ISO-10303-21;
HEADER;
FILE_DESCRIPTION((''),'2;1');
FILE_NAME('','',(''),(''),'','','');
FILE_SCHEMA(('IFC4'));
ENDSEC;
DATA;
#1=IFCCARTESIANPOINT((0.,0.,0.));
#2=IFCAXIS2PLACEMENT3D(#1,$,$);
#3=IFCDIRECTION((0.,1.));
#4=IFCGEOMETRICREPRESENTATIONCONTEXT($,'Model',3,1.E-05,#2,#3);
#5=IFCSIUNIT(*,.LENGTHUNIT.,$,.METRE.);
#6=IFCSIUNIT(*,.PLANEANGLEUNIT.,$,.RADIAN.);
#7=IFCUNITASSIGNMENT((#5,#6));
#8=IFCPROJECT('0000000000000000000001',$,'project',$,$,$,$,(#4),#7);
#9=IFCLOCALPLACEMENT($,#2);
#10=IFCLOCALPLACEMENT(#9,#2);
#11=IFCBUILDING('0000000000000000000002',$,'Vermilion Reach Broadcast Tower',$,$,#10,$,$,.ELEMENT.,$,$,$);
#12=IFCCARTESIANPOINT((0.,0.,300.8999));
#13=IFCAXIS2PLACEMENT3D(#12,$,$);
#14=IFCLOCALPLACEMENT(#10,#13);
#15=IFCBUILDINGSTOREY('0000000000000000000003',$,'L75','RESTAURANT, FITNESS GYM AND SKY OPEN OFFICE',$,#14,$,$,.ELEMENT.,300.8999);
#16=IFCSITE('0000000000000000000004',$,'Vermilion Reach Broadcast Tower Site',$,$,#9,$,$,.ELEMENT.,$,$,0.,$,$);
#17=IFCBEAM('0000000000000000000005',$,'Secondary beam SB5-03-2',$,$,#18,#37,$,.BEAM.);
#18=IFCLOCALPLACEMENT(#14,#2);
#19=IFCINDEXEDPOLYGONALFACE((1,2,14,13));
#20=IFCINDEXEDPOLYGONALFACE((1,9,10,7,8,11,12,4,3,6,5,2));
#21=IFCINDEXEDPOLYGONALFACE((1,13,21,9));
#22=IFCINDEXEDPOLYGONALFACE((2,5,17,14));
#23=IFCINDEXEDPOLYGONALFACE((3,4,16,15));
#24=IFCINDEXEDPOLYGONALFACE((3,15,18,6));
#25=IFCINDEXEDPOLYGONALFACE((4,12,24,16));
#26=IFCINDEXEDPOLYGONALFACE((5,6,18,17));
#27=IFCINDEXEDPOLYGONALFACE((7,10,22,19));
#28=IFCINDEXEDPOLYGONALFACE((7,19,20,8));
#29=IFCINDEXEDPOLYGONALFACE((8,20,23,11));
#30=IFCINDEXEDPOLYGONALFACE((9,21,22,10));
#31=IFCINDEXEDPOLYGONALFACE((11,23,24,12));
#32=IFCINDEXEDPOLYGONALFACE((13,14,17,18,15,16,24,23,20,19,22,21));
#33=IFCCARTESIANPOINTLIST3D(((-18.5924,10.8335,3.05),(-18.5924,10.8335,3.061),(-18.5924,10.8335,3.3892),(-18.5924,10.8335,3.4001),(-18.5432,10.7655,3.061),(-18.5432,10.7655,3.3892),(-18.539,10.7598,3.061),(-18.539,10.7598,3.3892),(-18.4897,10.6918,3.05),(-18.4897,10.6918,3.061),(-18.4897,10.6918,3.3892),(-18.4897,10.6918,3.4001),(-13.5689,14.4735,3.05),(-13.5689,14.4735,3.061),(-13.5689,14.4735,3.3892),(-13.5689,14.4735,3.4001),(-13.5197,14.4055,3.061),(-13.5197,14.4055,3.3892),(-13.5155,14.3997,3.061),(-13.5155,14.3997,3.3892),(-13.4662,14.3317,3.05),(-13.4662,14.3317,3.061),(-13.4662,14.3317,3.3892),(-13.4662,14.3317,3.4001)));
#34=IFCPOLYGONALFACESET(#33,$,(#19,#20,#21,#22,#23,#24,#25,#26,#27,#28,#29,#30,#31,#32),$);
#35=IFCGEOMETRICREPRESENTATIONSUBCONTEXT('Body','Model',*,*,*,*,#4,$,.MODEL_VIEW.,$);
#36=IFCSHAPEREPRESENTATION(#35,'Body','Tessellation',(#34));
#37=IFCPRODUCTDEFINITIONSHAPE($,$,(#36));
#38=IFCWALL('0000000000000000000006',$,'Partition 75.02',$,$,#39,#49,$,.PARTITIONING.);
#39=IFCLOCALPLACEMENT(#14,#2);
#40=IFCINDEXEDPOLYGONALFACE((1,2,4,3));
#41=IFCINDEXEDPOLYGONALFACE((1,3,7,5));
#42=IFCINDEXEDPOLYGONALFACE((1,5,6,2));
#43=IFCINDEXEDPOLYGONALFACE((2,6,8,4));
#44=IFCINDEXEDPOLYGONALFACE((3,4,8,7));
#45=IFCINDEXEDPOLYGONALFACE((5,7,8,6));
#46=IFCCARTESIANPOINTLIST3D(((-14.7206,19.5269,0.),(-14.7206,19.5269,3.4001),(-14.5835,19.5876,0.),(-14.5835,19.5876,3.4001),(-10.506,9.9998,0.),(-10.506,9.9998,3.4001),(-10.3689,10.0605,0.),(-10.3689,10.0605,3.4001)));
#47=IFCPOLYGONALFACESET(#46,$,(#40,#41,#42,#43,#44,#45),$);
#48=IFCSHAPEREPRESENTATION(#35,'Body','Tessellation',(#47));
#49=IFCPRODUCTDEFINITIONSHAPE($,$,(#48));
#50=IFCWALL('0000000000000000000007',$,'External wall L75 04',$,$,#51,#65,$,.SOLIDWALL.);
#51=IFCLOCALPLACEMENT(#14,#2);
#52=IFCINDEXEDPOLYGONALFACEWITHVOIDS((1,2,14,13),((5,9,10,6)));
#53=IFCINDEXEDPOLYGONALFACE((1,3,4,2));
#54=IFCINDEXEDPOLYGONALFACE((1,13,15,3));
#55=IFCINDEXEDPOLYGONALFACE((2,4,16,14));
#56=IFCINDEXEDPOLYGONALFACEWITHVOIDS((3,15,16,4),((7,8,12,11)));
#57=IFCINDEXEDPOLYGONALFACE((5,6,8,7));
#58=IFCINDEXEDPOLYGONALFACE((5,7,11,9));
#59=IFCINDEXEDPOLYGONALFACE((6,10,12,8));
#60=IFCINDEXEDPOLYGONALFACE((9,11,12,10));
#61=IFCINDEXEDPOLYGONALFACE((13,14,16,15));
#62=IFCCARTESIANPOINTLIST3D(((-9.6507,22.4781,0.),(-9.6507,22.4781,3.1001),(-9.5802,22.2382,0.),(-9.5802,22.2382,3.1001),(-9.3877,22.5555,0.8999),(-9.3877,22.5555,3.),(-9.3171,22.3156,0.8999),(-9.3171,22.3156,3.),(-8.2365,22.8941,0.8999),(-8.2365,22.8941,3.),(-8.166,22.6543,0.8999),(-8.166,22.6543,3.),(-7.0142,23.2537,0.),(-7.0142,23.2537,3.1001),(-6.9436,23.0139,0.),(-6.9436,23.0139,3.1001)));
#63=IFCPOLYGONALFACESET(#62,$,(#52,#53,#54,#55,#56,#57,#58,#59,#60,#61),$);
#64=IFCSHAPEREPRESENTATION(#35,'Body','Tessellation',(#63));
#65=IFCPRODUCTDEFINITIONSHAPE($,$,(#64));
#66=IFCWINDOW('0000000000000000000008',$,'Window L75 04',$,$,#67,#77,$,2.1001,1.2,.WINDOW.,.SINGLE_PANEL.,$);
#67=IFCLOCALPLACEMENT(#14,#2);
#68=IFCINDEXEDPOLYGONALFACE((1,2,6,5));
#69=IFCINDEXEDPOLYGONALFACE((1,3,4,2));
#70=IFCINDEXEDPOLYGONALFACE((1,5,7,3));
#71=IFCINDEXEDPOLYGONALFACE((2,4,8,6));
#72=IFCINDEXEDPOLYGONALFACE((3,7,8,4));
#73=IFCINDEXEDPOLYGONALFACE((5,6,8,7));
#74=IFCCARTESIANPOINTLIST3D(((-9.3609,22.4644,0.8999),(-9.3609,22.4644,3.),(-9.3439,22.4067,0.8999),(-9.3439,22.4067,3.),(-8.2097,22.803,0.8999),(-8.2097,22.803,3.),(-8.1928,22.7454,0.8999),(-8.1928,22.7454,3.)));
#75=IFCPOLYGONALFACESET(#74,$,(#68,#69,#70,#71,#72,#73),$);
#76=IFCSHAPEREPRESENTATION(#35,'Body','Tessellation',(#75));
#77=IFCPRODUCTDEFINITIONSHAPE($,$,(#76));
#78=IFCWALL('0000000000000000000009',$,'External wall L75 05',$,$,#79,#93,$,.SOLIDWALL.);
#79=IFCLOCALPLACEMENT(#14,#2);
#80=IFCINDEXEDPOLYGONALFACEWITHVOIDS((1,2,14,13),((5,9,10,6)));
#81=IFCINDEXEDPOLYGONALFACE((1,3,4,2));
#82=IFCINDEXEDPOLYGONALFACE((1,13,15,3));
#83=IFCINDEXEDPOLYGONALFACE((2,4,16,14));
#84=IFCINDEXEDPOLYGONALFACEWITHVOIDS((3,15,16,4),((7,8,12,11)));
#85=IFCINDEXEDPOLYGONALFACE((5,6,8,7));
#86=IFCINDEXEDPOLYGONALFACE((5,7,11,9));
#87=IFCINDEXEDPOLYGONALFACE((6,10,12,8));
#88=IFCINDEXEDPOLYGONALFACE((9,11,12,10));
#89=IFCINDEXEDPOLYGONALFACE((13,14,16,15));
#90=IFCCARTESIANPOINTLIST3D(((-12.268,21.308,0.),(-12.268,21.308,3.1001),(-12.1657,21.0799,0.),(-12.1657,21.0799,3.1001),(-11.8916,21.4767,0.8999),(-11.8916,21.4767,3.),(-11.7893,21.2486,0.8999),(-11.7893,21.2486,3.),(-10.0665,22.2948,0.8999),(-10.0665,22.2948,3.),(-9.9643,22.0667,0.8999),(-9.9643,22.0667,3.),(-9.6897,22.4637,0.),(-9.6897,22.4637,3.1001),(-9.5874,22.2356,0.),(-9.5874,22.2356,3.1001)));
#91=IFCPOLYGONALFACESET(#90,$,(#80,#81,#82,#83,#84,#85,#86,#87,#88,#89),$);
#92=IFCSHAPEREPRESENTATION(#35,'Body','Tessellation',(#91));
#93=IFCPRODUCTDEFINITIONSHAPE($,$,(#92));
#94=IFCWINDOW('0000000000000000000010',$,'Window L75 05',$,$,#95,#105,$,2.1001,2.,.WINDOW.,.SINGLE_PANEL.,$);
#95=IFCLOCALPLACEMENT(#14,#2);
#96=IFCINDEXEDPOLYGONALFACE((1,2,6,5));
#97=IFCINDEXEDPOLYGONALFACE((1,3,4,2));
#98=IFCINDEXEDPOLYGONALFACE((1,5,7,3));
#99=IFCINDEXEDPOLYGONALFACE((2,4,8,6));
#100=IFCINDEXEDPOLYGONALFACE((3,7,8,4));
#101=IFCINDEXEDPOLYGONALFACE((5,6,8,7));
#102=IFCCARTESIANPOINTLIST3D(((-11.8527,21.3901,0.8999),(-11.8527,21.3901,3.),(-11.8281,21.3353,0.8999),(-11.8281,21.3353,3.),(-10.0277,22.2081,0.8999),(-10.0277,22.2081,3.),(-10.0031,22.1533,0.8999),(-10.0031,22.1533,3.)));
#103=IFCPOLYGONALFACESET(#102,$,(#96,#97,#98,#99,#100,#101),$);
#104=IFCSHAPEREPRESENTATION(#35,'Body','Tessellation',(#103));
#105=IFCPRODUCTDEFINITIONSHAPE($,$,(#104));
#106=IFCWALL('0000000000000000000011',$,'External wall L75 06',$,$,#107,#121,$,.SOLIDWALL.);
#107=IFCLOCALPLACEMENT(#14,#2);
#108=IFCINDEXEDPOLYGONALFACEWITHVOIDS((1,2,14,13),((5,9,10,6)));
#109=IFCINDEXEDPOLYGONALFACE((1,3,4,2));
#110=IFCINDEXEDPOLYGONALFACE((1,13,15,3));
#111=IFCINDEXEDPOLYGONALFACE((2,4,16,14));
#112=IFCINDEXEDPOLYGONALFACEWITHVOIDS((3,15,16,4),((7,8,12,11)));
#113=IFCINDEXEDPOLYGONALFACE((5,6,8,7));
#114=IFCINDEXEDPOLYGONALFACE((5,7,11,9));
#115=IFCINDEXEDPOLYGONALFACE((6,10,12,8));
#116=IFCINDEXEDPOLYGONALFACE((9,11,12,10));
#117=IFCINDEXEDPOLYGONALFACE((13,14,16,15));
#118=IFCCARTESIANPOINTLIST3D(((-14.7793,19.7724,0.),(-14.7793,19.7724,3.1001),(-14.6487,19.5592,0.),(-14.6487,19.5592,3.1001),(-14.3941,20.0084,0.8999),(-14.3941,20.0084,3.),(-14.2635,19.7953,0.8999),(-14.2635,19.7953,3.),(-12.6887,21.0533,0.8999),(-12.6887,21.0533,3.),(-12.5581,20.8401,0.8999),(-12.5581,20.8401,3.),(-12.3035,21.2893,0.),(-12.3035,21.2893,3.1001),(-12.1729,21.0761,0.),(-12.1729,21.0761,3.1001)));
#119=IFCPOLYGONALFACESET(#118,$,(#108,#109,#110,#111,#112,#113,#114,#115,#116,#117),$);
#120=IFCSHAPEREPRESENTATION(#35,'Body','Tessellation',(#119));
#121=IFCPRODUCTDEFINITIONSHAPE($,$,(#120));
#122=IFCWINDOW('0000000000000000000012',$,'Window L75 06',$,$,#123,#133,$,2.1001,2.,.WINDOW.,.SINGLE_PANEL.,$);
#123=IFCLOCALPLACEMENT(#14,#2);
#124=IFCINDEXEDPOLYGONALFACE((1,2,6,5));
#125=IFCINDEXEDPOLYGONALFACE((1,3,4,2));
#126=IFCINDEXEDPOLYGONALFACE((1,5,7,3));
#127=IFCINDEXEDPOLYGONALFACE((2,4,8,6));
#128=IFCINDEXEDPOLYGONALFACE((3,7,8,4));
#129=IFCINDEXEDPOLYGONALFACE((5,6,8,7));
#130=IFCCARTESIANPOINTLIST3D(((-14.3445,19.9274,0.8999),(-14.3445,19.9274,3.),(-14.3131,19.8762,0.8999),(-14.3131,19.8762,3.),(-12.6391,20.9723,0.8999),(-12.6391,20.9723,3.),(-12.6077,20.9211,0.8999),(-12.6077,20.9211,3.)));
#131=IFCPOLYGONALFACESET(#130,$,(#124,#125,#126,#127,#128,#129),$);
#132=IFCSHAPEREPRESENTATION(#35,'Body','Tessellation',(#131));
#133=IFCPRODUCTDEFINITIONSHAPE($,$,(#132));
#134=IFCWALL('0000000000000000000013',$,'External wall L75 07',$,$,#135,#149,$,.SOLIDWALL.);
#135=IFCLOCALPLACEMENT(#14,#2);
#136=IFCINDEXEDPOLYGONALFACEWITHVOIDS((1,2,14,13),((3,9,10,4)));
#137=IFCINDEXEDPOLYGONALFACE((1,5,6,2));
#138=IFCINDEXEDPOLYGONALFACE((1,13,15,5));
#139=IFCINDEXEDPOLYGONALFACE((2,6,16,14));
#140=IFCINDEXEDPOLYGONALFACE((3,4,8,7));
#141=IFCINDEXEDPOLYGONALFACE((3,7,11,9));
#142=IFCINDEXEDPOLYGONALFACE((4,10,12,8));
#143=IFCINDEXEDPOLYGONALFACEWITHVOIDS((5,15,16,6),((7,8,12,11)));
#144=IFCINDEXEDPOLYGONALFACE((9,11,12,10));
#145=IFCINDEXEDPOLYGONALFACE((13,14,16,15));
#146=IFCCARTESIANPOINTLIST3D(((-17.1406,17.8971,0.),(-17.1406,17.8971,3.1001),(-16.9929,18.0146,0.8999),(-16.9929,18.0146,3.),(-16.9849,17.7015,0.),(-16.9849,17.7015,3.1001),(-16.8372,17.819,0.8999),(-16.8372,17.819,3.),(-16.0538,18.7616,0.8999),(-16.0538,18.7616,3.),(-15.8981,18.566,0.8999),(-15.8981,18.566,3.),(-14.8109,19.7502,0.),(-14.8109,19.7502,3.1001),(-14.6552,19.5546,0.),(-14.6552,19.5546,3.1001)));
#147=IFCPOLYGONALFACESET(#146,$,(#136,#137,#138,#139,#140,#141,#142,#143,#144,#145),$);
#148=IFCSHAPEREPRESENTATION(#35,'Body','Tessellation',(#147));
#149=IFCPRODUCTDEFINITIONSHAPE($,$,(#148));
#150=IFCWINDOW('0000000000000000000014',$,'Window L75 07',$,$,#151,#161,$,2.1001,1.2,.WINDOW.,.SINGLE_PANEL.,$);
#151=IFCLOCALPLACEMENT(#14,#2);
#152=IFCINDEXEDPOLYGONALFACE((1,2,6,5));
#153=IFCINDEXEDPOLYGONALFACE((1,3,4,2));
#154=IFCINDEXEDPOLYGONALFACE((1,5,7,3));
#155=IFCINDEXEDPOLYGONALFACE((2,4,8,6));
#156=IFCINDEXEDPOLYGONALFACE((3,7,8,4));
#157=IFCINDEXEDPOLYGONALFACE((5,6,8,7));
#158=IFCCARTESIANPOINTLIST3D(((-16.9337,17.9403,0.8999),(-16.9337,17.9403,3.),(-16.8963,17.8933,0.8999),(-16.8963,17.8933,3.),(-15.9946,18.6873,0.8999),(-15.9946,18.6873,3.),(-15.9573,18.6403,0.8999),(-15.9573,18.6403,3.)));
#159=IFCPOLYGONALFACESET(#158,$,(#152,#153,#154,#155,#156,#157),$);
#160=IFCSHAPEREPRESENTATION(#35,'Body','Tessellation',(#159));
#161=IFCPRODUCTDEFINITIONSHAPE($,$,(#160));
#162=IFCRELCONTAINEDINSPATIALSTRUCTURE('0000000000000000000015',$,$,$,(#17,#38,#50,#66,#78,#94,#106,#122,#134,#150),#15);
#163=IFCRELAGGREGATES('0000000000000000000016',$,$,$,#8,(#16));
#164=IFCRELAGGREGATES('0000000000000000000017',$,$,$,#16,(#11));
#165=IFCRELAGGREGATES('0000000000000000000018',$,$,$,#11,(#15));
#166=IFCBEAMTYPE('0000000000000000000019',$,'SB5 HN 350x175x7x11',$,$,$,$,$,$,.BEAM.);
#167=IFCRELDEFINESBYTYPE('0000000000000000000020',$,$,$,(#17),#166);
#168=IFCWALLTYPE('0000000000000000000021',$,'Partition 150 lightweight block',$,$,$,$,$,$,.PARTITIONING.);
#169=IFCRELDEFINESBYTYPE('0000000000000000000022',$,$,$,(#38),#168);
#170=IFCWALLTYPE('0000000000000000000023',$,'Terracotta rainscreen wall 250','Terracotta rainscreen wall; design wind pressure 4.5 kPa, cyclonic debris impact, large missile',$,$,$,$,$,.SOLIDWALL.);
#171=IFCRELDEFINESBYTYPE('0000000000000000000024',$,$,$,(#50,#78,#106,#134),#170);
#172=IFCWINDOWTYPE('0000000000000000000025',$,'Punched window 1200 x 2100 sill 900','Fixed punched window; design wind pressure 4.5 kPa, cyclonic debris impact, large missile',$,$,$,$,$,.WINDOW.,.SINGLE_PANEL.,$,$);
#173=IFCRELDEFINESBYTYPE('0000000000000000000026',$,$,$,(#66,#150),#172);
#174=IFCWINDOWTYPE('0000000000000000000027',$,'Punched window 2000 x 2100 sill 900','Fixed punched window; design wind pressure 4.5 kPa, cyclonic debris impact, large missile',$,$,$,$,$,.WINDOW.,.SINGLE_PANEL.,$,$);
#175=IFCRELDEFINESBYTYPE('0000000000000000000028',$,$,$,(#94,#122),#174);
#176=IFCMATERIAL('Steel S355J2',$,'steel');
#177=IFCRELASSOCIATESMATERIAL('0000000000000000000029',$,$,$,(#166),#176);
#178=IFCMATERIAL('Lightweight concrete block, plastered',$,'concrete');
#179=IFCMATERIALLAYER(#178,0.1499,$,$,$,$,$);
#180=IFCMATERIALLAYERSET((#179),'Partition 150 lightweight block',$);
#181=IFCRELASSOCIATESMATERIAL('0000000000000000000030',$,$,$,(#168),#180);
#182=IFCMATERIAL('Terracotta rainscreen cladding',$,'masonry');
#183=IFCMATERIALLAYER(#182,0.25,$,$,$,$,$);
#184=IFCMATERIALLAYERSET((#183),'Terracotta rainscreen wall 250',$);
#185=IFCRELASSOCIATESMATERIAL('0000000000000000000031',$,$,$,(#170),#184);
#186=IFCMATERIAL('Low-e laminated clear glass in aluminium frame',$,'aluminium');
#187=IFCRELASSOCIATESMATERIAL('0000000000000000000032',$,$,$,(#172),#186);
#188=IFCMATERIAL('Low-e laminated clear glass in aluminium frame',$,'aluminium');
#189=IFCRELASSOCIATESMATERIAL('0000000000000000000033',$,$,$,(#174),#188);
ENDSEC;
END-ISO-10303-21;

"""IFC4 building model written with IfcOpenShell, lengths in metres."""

from ifc_helpers import new_model, si_unit, direction, frame, frame_2d, origin, origin_2d, place, context, subcontext, project, spatial, rectangle, i_section, extrude, material, layer, layer_set, material_profile, profile_set, type_object, element, fill, save


model = new_model("IFC4")

# Units and contexts
model_context = context("Model", 3, precision=1e-05, world=origin(), true_north=direction((0.0, 1.0)))
body_context = subcontext(model_context, "Body", "Model", "MODEL_VIEW")
ifc_project = project(units=[si_unit("LENGTHUNIT", "METRE"), si_unit("PLANEANGLEUNIT", "RADIAN")], contexts=[model_context])

# Site, building, storey
site_placement = place(None, origin())
site = spatial("IfcSite", under=ifc_project, at=site_placement, Name="Vermilion Reach Broadcast Tower Site", CompositionType="ELEMENT", RefElevation=0.0)
building_placement = place(site_placement, origin())
building = spatial("IfcBuilding", under=site, at=building_placement, Name="Vermilion Reach Broadcast Tower", CompositionType="ELEMENT")
storey_placement = place(building_placement, frame((0.0, 0.0, 300.8999)))
storey = spatial("IfcBuildingStorey", under=building, at=storey_placement, Name="L75", Description="RESTAURANT, FITNESS GYM AND SKY OPEN OFFICE", CompositionType="ELEMENT", Elevation=300.8999)

# Beam
ifc_material_1 = material(Name="Steel S355J2", Category="steel")
ifc_material_profile_1 = material_profile(ifc_material_1, i_section(OverallWidth=0.175, OverallDepth=0.3501, WebThickness=0.0071, FlangeThickness=0.011, at=origin_2d()), Name="S355J2 HN 350x175x7x11")
ifc_profile_set_1 = profile_set([ifc_material_profile_1], Name="Steel S355J2")
beam_type_1 = type_object("IfcBeamType", Name="SB5 HN 350x175x7x11", PredefinedType="BEAM", material=ifc_profile_set_1)
beam_1_placement = place(storey_placement, frame((-13.5176, 14.4026, 3.2251), z_axis=(-0.809771, -0.586746, 0.0), x_axis=(0.586746, -0.809771, 0.0)))
element("IfcBeam", 1, at=beam_1_placement, inside=storey, type_object=beam_type_1, Name="Secondary beam SB5-03-2", PredefinedType="BEAM", context=body_context, shape_type="SweptSolid", body=[
    extrude(i_section(OverallWidth=0.175, OverallDepth=0.3501, WebThickness=0.0071, FlangeThickness=0.011, at=origin_2d()), origin(), (0.0, 0.0, 1.0), 6.2036),
])

# Wall
ifc_material_2 = material(Name="Lightweight concrete block, plastered", Category="concrete")
ifc_layer_1 = layer(ifc_material_2, 0.1499)
ifc_layer_set_1 = layer_set([ifc_layer_1], Name="Partition 150 lightweight block")
wall_type_1 = type_object("IfcWallType", Name="Partition 150 lightweight block", PredefinedType="PARTITIONING", material=ifc_layer_set_1)
wall_1_placement = place(storey_placement, frame((-14.6521, 19.5574, 0.0), z_axis=(0.0, 0.0, 1.0), x_axis=(0.404561, -0.914511, 0.0)))
element("IfcWall", 2, at=wall_1_placement, inside=storey, type_object=wall_type_1, Name="Partition 75.02", PredefinedType="PARTITIONING", context=body_context, shape_type="SweptSolid", body=[
    extrude(rectangle(XDim=10.4177, YDim=0.1499, at=frame_2d((5.209, 0.0))), origin(), (0.0, 0.0, 1.0), 3.4001),
])

# Walls, openings, windows
ifc_material_3 = material(Name="Terracotta rainscreen cladding", Category="masonry")
ifc_layer_2 = layer(ifc_material_3, 0.25)
ifc_layer_set_2 = layer_set([ifc_layer_2], Name="Terracotta rainscreen wall 250")
wall_type_2 = type_object("IfcWallType", Name="Terracotta rainscreen wall 250", Description="Terracotta rainscreen wall; design wind pressure 4.5 kPa, cyclonic debris impact, large missile", PredefinedType="SOLIDWALL", material=ifc_layer_set_2)
wall_2_placement = place(storey_placement, frame((-6.979, 23.1338, 0.0), z_axis=(0.0, 0.0, 1.0), x_axis=(-0.959346, -0.282234, 0.0)))
wall_2 = element("IfcWall", 3, at=wall_2_placement, inside=storey, type_object=wall_type_2, Name="External wall L75 04", PredefinedType="SOLIDWALL", context=body_context, shape_type="SweptSolid", body=[
    extrude(rectangle(XDim=2.7483, YDim=0.25, at=frame_2d((1.374, 0.0))), origin(), (0.0, 0.0, 1.0), 3.1001),
])
opening_1_placement = place(wall_2_placement, frame((1.2739, 0.0, 0.8999)))
opening_1 = element("IfcOpeningElement", 4, at=opening_1_placement, cuts=wall_2, PredefinedType="OPENING", context=body_context, shape_type="SweptSolid", body=[
    extrude(rectangle(XDim=1.2, YDim=2.1001, at=frame_2d((0.6001, 1.05))), frame((0.0, 0.135, 0.0), z_axis=(0.0, -1.0, 0.0), x_axis=(1.0, 0.0, 0.0)), (0.0, 0.0, 1.0), 0.27),
])
ifc_material_4 = material(Name="Low-e laminated clear glass in aluminium frame", Category="aluminium")
window_type_1 = type_object("IfcWindowType", Name="Punched window 1200 x 2100 sill 900", Description="Fixed punched window; design wind pressure 4.5 kPa, cyclonic debris impact, large missile", PartitioningType="SINGLE_PANEL", PredefinedType="WINDOW", material=ifc_material_4)
window_1_placement = place(opening_1_placement, origin())
window_1 = element("IfcWindow", 5, at=window_1_placement, inside=storey, type_object=window_type_1, Name="Window L75 04", OverallHeight=2.1001, OverallWidth=1.2, PartitioningType="SINGLE_PANEL", PredefinedType="WINDOW", context=body_context, shape_type="SweptSolid", body=[
    extrude(rectangle(XDim=1.2, YDim=2.1001, at=frame_2d((0.6001, 1.05))), frame((0.0, 0.03, 0.0), z_axis=(0.0, -1.0, 0.0), x_axis=(1.0, 0.0, 0.0)), (0.0, 0.0, 1.0), 0.0601),
])
fill(opening_1, window_1)
wall_3_placement = place(storey_placement, frame((-9.6387, 22.3496, 0.0), z_axis=(0.0, 0.0, 1.0), x_axis=(-0.912517, -0.409039, 0.0)))
wall_3 = element("IfcWall", 6, at=wall_3_placement, inside=storey, type_object=wall_type_2, Name="External wall L75 05", PredefinedType="SOLIDWALL", context=body_context, shape_type="SweptSolid", body=[
    extrude(rectangle(XDim=2.8254, YDim=0.25, at=frame_2d((1.4126, 0.0))), origin(), (0.0, 0.0, 1.0), 3.1001),
])
opening_2_placement = place(wall_3_placement, frame((0.4128, 0.0, 0.8999)))
opening_2 = element("IfcOpeningElement", 7, at=opening_2_placement, cuts=wall_3, PredefinedType="OPENING", context=body_context, shape_type="SweptSolid", body=[
    extrude(rectangle(XDim=2.0, YDim=2.1001, at=frame_2d((1.0, 1.05))), frame((0.0, 0.135, 0.0), z_axis=(0.0, -1.0, 0.0), x_axis=(1.0, 0.0, 0.0)), (0.0, 0.0, 1.0), 0.27),
])
ifc_material_5 = material(Name="Low-e laminated clear glass in aluminium frame", Category="aluminium")
window_type_2 = type_object("IfcWindowType", Name="Punched window 2000 x 2100 sill 900", Description="Fixed punched window; design wind pressure 4.5 kPa, cyclonic debris impact, large missile", PartitioningType="SINGLE_PANEL", PredefinedType="WINDOW", material=ifc_material_5)
window_2_placement = place(opening_2_placement, origin())
window_2 = element("IfcWindow", 8, at=window_2_placement, inside=storey, type_object=window_type_2, Name="Window L75 05", OverallHeight=2.1001, OverallWidth=2.0, PartitioningType="SINGLE_PANEL", PredefinedType="WINDOW", context=body_context, shape_type="SweptSolid", body=[
    extrude(rectangle(XDim=2.0, YDim=2.1001, at=frame_2d((1.0, 1.05))), frame((0.0, 0.03, 0.0), z_axis=(0.0, -1.0, 0.0), x_axis=(1.0, 0.0, 0.0)), (0.0, 0.0, 1.0), 0.0601),
])
fill(opening_2, window_2)
wall_4_placement = place(storey_placement, frame((-12.2383, 21.1826, 0.0), z_axis=(0.0, 0.0, 1.0), x_axis=(-0.852693, -0.522412, 0.0)))
wall_4 = element("IfcWall", 9, at=wall_4_placement, inside=storey, type_object=wall_type_2, Name="External wall L75 06", PredefinedType="SOLIDWALL", context=body_context, shape_type="SweptSolid", body=[
    extrude(rectangle(XDim=2.9036, YDim=0.25, at=frame_2d((1.4517, 0.0))), origin(), (0.0, 0.0, 1.0), 3.1001),
])
opening_3_placement = place(wall_4_placement, frame((0.4517, 0.0, 0.8999)))
opening_3 = element("IfcOpeningElement", 10, at=opening_3_placement, cuts=wall_4, PredefinedType="OPENING", context=body_context, shape_type="SweptSolid", body=[
    extrude(rectangle(XDim=2.0, YDim=2.1001, at=frame_2d((1.0, 1.05))), frame((0.0, 0.135, 0.0), z_axis=(0.0, -1.0, 0.0), x_axis=(1.0, 0.0, 0.0)), (0.0, 0.0, 1.0), 0.27),
])
window_3_placement = place(opening_3_placement, origin())
window_3 = element("IfcWindow", 11, at=window_3_placement, inside=storey, type_object=window_type_2, Name="Window L75 06", OverallHeight=2.1001, OverallWidth=2.0, PartitioningType="SINGLE_PANEL", PredefinedType="WINDOW", context=body_context, shape_type="SweptSolid", body=[
    extrude(rectangle(XDim=2.0, YDim=2.1001, at=frame_2d((1.0, 1.05))), frame((0.0, 0.03, 0.0), z_axis=(0.0, -1.0, 0.0), x_axis=(1.0, 0.0, 0.0)), (0.0, 0.0, 1.0), 0.0601),
])
fill(opening_3, window_3)
wall_5_placement = place(storey_placement, frame((-14.7332, 19.6523, 0.0), z_axis=(0.0, 0.0, 1.0), x_axis=(-0.78261, -0.622512, 0.0)))
wall_5 = element("IfcWall", 12, at=wall_5_placement, inside=storey, type_object=wall_type_2, Name="External wall L75 07", PredefinedType="SOLIDWALL", context=body_context, shape_type="SweptSolid", body=[
    extrude(rectangle(XDim=2.9768, YDim=0.25, at=frame_2d((1.4883, 0.0))), origin(), (0.0, 0.0, 1.0), 3.1001),
])
opening_4_placement = place(wall_5_placement, frame((1.5879, 0.0, 0.8999)))
opening_4 = element("IfcOpeningElement", 13, at=opening_4_placement, cuts=wall_5, PredefinedType="OPENING", context=body_context, shape_type="SweptSolid", body=[
    extrude(rectangle(XDim=1.2, YDim=2.1001, at=frame_2d((0.6001, 1.05))), frame((0.0, 0.135, 0.0), z_axis=(0.0, -1.0, 0.0), x_axis=(1.0, 0.0, 0.0)), (0.0, 0.0, 1.0), 0.27),
])
window_4_placement = place(opening_4_placement, origin())
window_4 = element("IfcWindow", 14, at=window_4_placement, inside=storey, type_object=window_type_1, Name="Window L75 07", OverallHeight=2.1001, OverallWidth=1.2, PartitioningType="SINGLE_PANEL", PredefinedType="WINDOW", context=body_context, shape_type="SweptSolid", body=[
    extrude(rectangle(XDim=1.2, YDim=2.1001, at=frame_2d((0.6001, 1.05))), frame((0.0, 0.03, 0.0), z_axis=(0.0, -1.0, 0.0), x_axis=(1.0, 0.0, 0.0)), (0.0, 0.0, 1.0), 0.0601),
])
fill(opening_4, window_4)

save(model, "model.ifc")
